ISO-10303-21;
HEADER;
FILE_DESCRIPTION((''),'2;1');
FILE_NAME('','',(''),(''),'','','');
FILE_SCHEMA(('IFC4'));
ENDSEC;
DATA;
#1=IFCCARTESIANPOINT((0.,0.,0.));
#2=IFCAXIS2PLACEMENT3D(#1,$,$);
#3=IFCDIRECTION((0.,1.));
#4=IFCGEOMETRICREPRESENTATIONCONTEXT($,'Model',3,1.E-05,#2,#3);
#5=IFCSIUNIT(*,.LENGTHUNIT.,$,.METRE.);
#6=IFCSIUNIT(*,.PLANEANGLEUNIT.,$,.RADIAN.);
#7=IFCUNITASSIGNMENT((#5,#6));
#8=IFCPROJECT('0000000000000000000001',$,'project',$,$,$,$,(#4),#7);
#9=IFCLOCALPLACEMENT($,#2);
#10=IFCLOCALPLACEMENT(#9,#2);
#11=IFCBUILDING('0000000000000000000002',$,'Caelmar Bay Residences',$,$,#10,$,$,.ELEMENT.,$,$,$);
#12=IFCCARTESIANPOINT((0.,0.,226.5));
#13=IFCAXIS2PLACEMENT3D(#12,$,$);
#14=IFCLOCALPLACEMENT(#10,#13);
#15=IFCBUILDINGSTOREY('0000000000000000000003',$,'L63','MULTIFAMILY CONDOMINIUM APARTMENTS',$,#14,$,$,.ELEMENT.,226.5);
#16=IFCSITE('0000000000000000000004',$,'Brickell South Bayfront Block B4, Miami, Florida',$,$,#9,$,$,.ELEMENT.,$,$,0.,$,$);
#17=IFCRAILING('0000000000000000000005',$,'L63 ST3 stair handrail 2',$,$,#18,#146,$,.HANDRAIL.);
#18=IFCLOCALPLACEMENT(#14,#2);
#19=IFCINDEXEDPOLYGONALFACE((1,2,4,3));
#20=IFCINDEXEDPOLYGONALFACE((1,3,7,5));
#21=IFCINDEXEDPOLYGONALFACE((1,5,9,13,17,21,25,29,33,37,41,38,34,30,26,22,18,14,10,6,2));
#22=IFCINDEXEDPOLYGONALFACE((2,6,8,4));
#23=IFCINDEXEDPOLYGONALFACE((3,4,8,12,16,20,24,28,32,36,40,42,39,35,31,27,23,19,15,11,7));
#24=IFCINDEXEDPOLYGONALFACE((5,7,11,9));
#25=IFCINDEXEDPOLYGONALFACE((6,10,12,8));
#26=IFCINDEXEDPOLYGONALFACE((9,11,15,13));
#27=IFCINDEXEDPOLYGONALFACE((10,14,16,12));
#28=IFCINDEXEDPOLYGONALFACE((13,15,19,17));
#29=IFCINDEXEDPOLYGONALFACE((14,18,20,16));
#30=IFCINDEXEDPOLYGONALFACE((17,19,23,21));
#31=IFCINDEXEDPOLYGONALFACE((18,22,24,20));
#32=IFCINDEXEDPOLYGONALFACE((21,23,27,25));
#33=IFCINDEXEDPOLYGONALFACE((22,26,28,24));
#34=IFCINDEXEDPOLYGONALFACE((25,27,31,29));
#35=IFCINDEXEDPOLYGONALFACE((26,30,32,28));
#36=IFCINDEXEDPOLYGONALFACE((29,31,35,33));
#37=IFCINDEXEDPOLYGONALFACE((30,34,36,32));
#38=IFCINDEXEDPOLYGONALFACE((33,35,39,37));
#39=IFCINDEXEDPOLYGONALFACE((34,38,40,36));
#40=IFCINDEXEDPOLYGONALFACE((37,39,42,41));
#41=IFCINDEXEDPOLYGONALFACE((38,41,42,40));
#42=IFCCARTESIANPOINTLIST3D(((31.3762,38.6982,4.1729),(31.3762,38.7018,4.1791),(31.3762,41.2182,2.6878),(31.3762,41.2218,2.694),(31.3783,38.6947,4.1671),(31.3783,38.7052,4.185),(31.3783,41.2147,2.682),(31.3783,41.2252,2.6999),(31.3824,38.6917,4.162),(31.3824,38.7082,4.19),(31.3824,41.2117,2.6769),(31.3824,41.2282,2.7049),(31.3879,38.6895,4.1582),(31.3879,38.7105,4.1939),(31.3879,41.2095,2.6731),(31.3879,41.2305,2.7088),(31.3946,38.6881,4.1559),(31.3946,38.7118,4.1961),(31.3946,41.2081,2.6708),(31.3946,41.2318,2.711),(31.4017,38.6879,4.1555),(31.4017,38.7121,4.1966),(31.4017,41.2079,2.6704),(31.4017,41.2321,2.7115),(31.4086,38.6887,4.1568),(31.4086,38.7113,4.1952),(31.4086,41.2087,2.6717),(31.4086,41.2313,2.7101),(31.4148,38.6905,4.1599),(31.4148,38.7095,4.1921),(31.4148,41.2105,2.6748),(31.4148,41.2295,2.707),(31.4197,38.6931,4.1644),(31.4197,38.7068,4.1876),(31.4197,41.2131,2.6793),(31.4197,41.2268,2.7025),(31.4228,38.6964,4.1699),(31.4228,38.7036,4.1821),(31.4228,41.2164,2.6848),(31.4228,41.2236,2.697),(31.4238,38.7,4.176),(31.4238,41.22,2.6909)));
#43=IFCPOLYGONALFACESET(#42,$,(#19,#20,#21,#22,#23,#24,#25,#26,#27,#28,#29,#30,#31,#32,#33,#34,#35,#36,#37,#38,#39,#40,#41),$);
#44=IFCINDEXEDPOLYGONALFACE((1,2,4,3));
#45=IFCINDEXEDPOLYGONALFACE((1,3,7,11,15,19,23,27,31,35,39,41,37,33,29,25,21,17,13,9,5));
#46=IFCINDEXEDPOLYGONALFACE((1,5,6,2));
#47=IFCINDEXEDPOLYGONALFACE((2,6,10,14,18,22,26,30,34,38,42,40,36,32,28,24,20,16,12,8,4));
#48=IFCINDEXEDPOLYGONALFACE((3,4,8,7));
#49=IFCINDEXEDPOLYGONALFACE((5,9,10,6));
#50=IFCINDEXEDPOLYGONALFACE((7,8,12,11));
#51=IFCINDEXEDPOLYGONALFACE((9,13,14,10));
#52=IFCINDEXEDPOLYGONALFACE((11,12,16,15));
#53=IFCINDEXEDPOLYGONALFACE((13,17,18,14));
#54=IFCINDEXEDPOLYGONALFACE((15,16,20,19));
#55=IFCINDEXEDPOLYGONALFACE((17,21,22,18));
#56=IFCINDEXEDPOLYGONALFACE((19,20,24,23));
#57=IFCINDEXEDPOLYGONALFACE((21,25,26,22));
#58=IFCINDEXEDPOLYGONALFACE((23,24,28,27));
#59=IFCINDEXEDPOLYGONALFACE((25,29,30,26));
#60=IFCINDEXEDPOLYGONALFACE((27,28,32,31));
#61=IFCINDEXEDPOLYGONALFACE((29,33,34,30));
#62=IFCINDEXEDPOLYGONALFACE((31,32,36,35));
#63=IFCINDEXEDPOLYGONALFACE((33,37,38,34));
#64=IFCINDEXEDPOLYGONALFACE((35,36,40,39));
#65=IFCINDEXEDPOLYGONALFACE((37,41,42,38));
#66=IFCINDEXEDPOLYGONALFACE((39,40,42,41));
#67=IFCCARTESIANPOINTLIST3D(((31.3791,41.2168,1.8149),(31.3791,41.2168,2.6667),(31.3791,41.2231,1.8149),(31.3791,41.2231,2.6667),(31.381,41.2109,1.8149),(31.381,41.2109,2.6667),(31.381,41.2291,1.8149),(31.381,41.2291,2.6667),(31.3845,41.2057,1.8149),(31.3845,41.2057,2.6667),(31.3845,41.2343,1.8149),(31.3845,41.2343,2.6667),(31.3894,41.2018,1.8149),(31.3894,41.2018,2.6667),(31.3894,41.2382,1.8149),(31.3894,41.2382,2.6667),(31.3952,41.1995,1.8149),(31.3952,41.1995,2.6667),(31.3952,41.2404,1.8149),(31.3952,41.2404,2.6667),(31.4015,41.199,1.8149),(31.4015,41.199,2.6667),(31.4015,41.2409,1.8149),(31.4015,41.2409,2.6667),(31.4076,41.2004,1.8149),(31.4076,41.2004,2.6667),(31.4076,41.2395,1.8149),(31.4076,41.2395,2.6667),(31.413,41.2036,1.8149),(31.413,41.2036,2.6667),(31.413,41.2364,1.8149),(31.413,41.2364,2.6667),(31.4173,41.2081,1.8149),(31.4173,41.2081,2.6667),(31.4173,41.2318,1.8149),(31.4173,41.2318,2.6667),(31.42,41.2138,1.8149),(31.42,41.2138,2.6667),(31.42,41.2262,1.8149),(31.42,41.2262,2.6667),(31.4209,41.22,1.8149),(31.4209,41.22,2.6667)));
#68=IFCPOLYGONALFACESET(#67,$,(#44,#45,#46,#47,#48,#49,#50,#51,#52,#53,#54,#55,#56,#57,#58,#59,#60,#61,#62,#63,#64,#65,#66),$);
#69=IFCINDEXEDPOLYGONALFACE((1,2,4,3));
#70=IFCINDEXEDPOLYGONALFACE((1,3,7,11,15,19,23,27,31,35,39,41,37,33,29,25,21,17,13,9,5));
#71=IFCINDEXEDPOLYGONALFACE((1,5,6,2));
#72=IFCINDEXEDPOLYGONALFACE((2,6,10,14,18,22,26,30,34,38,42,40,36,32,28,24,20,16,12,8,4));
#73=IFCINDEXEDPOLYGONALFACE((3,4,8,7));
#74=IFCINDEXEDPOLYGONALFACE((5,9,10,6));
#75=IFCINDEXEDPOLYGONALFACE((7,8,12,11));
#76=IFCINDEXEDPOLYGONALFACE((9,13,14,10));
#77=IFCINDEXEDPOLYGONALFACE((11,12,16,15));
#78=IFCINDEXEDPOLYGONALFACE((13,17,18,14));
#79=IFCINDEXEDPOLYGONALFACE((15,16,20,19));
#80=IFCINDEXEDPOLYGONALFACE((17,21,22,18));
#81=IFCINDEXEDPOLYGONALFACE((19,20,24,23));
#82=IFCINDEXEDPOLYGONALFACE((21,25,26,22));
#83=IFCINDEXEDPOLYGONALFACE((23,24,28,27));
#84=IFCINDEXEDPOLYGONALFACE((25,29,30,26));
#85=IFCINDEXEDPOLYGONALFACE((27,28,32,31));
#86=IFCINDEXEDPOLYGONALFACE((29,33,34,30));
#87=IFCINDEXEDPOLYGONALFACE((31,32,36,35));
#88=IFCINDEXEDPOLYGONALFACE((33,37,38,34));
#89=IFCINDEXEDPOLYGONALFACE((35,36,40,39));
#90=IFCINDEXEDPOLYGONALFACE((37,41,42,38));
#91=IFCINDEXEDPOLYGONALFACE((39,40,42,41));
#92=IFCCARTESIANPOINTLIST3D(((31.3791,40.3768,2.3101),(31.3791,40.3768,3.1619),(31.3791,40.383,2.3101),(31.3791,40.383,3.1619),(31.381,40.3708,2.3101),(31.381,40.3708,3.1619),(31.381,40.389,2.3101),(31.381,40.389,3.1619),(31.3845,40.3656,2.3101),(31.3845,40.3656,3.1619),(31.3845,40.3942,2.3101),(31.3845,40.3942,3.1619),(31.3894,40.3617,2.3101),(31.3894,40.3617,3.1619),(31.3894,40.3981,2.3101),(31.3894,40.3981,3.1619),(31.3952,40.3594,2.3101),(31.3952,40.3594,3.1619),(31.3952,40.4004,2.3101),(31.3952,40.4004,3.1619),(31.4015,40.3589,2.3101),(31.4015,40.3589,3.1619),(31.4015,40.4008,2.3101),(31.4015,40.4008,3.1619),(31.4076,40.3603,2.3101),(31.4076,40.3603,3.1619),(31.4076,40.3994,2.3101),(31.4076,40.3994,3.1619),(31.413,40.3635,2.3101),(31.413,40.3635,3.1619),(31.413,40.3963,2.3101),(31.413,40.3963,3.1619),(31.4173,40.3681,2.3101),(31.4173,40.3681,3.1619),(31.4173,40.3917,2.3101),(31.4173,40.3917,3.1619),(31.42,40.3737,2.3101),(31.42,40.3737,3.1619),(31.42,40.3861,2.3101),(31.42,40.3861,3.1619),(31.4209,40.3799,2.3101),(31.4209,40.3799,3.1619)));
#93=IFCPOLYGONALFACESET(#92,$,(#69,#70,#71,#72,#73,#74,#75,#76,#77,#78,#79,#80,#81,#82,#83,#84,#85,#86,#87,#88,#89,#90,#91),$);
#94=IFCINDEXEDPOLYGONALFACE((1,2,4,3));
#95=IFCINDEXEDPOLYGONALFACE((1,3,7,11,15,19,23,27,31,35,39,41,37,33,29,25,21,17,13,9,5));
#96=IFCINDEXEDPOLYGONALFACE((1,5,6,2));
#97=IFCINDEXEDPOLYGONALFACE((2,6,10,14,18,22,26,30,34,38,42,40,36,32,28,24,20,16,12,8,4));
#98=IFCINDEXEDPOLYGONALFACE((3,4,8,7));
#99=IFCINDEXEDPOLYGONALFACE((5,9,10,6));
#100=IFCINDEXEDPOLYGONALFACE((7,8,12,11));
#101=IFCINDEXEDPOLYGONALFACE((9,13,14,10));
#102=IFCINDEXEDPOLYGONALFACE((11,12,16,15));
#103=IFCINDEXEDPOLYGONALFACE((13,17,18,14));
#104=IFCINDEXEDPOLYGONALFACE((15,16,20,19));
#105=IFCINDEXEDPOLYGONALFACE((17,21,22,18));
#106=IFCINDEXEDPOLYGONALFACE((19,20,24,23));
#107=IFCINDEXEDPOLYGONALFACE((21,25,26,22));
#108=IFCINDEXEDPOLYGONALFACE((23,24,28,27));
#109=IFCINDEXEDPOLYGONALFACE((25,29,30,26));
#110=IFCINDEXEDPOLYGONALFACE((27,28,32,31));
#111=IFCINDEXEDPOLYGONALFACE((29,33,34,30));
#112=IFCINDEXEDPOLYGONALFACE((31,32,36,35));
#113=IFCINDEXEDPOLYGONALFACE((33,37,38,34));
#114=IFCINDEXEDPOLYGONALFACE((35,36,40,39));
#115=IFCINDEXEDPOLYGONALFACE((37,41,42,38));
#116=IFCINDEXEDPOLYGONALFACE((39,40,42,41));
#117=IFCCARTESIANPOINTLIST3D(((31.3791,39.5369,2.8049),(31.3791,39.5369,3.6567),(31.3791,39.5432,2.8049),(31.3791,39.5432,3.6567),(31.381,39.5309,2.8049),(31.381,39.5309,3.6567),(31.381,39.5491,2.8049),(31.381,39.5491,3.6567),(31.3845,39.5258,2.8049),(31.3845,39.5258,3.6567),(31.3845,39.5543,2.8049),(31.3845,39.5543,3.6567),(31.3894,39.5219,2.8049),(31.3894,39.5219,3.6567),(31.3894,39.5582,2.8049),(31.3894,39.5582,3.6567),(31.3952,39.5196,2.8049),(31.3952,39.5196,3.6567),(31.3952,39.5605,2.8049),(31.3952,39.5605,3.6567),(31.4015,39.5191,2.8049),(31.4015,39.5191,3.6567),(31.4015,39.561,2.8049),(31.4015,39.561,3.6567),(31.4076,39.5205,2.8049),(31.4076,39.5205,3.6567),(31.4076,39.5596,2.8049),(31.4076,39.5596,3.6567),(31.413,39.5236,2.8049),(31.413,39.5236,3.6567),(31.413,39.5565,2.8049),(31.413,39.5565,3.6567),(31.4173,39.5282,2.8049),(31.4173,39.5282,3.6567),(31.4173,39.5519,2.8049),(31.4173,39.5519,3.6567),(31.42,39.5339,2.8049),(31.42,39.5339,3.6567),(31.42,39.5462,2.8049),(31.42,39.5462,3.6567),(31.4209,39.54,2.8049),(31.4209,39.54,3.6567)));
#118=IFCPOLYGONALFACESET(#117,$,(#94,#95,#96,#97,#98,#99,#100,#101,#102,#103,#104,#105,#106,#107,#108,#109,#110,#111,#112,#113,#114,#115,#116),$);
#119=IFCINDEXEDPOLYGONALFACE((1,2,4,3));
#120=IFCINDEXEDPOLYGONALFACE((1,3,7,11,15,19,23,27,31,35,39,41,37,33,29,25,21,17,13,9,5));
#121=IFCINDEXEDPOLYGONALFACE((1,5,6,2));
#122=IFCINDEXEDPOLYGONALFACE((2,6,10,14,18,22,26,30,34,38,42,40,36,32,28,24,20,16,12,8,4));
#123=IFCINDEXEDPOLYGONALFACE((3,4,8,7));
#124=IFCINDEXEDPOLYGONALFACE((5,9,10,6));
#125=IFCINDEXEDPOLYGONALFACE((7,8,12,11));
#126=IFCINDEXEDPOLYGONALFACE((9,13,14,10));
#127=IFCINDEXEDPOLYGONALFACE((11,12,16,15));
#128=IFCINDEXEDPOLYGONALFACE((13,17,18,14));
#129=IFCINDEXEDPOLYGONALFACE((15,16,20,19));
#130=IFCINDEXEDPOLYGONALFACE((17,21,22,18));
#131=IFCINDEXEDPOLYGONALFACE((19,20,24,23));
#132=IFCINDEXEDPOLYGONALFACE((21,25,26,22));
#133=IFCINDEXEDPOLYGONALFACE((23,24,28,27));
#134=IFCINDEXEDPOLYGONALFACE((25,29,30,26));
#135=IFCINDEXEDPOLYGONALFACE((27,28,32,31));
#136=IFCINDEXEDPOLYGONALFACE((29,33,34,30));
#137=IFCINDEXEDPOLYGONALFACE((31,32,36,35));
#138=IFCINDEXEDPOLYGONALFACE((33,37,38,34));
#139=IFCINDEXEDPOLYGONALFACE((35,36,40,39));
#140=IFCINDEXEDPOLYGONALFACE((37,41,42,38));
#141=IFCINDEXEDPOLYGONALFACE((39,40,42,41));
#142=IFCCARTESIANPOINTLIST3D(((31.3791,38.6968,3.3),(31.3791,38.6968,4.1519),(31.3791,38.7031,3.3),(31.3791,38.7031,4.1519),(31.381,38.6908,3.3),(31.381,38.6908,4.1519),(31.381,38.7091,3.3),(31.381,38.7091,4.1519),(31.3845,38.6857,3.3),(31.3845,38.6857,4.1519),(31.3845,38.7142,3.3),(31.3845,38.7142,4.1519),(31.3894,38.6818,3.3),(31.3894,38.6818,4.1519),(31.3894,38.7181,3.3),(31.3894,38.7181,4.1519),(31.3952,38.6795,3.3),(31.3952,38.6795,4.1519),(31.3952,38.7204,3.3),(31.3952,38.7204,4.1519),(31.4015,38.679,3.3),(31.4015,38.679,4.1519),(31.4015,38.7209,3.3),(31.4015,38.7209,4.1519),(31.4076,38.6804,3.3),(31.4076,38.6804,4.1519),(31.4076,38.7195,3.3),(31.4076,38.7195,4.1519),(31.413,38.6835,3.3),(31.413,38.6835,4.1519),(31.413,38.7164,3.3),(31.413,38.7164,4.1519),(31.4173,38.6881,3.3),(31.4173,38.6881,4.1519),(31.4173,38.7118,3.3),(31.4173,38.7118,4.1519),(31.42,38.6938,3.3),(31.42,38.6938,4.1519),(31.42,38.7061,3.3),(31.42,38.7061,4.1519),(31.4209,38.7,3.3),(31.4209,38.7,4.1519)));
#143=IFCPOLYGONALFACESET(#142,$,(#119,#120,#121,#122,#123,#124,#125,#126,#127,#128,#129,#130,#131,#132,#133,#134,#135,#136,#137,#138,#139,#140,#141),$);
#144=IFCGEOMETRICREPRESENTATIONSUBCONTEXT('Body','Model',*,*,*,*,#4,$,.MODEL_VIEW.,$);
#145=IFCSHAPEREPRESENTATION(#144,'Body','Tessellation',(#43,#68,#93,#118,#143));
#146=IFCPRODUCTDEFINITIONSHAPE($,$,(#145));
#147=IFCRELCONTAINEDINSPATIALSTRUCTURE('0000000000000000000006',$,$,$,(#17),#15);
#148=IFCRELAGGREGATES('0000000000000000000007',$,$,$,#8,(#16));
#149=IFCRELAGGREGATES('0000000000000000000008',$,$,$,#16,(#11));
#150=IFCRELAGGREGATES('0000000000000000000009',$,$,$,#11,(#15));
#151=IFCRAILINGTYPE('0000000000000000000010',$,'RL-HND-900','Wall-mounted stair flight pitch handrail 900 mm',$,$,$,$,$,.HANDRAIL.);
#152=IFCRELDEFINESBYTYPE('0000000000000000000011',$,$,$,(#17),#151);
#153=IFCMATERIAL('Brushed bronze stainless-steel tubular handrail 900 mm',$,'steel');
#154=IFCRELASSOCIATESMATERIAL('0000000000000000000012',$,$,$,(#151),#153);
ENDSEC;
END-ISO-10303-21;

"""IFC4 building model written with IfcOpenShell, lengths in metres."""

from ifc_helpers import new_model, si_unit, direction, frame, origin, origin_2d, place, context, subcontext, project, spatial, circle, extrude, material, type_object, element, save


model = new_model("IFC4")

# Units and contexts
model_context = context("Model", 3, precision=1e-05, world=origin(), true_north=direction((0.0, 1.0)))
body_context = subcontext(model_context, "Body", "Model", "MODEL_VIEW")
ifc_project = project(units=[si_unit("LENGTHUNIT", "METRE"), si_unit("PLANEANGLEUNIT", "RADIAN")], contexts=[model_context])

# Site, building, storey
site_placement = place(None, origin())
site = spatial("IfcSite", under=ifc_project, at=site_placement, Name="Brickell South Bayfront Block B4, Miami, Florida", CompositionType="ELEMENT", RefElevation=0.0)
building_placement = place(site_placement, origin())
building = spatial("IfcBuilding", under=site, at=building_placement, Name="Caelmar Bay Residences", CompositionType="ELEMENT")
storey_placement = place(building_placement, frame((0.0, 0.0, 226.5)))
storey = spatial("IfcBuildingStorey", under=building, at=storey_placement, Name="L63", Description="MULTIFAMILY CONDOMINIUM APARTMENTS", CompositionType="ELEMENT", Elevation=226.5)

# Railing
ifc_material_1 = material(Name="Brushed bronze stainless-steel tubular handrail 900 mm", Category="steel")
railing_type_1 = type_object("IfcRailingType", Name="RL-HND-900", Description="Wall-mounted stair flight pitch handrail 900 mm", PredefinedType="HANDRAIL", material=ifc_material_1)
railing_1_placement = place(storey_placement, frame((31.3999, 41.22, 1.8149)))
element("IfcRailing", 1, at=railing_1_placement, inside=storey, type_object=railing_type_1, Name="L63 ST3 stair handrail 2", PredefinedType="HANDRAIL", context=body_context, shape_type="SweptSolid", body=[
    extrude(circle(Radius=0.0239, at=origin_2d()), frame((0.0, 0.0, 0.876), z_axis=(0.0, -0.861524, 0.507717), x_axis=(1.0, 0.0, 0.0)), (0.0, 0.0, 1.0), 2.925),
    extrude(circle(Radius=0.021, at=origin_2d()), origin(), (0.0, 0.0, 1.0), 0.8518),
    extrude(circle(Radius=0.021, at=origin_2d()), frame((0.0, -0.8401, 0.4951)), (0.0, 0.0, 1.0), 0.8518),
    extrude(circle(Radius=0.021, at=origin_2d()), frame((0.0, -1.6799, 0.99)), (0.0, 0.0, 1.0), 0.8518),
    extrude(circle(Radius=0.021, at=origin_2d()), frame((0.0, -2.52, 1.4851)), (0.0, 0.0, 1.0), 0.8518),
])

save(model, "model.ifc")
